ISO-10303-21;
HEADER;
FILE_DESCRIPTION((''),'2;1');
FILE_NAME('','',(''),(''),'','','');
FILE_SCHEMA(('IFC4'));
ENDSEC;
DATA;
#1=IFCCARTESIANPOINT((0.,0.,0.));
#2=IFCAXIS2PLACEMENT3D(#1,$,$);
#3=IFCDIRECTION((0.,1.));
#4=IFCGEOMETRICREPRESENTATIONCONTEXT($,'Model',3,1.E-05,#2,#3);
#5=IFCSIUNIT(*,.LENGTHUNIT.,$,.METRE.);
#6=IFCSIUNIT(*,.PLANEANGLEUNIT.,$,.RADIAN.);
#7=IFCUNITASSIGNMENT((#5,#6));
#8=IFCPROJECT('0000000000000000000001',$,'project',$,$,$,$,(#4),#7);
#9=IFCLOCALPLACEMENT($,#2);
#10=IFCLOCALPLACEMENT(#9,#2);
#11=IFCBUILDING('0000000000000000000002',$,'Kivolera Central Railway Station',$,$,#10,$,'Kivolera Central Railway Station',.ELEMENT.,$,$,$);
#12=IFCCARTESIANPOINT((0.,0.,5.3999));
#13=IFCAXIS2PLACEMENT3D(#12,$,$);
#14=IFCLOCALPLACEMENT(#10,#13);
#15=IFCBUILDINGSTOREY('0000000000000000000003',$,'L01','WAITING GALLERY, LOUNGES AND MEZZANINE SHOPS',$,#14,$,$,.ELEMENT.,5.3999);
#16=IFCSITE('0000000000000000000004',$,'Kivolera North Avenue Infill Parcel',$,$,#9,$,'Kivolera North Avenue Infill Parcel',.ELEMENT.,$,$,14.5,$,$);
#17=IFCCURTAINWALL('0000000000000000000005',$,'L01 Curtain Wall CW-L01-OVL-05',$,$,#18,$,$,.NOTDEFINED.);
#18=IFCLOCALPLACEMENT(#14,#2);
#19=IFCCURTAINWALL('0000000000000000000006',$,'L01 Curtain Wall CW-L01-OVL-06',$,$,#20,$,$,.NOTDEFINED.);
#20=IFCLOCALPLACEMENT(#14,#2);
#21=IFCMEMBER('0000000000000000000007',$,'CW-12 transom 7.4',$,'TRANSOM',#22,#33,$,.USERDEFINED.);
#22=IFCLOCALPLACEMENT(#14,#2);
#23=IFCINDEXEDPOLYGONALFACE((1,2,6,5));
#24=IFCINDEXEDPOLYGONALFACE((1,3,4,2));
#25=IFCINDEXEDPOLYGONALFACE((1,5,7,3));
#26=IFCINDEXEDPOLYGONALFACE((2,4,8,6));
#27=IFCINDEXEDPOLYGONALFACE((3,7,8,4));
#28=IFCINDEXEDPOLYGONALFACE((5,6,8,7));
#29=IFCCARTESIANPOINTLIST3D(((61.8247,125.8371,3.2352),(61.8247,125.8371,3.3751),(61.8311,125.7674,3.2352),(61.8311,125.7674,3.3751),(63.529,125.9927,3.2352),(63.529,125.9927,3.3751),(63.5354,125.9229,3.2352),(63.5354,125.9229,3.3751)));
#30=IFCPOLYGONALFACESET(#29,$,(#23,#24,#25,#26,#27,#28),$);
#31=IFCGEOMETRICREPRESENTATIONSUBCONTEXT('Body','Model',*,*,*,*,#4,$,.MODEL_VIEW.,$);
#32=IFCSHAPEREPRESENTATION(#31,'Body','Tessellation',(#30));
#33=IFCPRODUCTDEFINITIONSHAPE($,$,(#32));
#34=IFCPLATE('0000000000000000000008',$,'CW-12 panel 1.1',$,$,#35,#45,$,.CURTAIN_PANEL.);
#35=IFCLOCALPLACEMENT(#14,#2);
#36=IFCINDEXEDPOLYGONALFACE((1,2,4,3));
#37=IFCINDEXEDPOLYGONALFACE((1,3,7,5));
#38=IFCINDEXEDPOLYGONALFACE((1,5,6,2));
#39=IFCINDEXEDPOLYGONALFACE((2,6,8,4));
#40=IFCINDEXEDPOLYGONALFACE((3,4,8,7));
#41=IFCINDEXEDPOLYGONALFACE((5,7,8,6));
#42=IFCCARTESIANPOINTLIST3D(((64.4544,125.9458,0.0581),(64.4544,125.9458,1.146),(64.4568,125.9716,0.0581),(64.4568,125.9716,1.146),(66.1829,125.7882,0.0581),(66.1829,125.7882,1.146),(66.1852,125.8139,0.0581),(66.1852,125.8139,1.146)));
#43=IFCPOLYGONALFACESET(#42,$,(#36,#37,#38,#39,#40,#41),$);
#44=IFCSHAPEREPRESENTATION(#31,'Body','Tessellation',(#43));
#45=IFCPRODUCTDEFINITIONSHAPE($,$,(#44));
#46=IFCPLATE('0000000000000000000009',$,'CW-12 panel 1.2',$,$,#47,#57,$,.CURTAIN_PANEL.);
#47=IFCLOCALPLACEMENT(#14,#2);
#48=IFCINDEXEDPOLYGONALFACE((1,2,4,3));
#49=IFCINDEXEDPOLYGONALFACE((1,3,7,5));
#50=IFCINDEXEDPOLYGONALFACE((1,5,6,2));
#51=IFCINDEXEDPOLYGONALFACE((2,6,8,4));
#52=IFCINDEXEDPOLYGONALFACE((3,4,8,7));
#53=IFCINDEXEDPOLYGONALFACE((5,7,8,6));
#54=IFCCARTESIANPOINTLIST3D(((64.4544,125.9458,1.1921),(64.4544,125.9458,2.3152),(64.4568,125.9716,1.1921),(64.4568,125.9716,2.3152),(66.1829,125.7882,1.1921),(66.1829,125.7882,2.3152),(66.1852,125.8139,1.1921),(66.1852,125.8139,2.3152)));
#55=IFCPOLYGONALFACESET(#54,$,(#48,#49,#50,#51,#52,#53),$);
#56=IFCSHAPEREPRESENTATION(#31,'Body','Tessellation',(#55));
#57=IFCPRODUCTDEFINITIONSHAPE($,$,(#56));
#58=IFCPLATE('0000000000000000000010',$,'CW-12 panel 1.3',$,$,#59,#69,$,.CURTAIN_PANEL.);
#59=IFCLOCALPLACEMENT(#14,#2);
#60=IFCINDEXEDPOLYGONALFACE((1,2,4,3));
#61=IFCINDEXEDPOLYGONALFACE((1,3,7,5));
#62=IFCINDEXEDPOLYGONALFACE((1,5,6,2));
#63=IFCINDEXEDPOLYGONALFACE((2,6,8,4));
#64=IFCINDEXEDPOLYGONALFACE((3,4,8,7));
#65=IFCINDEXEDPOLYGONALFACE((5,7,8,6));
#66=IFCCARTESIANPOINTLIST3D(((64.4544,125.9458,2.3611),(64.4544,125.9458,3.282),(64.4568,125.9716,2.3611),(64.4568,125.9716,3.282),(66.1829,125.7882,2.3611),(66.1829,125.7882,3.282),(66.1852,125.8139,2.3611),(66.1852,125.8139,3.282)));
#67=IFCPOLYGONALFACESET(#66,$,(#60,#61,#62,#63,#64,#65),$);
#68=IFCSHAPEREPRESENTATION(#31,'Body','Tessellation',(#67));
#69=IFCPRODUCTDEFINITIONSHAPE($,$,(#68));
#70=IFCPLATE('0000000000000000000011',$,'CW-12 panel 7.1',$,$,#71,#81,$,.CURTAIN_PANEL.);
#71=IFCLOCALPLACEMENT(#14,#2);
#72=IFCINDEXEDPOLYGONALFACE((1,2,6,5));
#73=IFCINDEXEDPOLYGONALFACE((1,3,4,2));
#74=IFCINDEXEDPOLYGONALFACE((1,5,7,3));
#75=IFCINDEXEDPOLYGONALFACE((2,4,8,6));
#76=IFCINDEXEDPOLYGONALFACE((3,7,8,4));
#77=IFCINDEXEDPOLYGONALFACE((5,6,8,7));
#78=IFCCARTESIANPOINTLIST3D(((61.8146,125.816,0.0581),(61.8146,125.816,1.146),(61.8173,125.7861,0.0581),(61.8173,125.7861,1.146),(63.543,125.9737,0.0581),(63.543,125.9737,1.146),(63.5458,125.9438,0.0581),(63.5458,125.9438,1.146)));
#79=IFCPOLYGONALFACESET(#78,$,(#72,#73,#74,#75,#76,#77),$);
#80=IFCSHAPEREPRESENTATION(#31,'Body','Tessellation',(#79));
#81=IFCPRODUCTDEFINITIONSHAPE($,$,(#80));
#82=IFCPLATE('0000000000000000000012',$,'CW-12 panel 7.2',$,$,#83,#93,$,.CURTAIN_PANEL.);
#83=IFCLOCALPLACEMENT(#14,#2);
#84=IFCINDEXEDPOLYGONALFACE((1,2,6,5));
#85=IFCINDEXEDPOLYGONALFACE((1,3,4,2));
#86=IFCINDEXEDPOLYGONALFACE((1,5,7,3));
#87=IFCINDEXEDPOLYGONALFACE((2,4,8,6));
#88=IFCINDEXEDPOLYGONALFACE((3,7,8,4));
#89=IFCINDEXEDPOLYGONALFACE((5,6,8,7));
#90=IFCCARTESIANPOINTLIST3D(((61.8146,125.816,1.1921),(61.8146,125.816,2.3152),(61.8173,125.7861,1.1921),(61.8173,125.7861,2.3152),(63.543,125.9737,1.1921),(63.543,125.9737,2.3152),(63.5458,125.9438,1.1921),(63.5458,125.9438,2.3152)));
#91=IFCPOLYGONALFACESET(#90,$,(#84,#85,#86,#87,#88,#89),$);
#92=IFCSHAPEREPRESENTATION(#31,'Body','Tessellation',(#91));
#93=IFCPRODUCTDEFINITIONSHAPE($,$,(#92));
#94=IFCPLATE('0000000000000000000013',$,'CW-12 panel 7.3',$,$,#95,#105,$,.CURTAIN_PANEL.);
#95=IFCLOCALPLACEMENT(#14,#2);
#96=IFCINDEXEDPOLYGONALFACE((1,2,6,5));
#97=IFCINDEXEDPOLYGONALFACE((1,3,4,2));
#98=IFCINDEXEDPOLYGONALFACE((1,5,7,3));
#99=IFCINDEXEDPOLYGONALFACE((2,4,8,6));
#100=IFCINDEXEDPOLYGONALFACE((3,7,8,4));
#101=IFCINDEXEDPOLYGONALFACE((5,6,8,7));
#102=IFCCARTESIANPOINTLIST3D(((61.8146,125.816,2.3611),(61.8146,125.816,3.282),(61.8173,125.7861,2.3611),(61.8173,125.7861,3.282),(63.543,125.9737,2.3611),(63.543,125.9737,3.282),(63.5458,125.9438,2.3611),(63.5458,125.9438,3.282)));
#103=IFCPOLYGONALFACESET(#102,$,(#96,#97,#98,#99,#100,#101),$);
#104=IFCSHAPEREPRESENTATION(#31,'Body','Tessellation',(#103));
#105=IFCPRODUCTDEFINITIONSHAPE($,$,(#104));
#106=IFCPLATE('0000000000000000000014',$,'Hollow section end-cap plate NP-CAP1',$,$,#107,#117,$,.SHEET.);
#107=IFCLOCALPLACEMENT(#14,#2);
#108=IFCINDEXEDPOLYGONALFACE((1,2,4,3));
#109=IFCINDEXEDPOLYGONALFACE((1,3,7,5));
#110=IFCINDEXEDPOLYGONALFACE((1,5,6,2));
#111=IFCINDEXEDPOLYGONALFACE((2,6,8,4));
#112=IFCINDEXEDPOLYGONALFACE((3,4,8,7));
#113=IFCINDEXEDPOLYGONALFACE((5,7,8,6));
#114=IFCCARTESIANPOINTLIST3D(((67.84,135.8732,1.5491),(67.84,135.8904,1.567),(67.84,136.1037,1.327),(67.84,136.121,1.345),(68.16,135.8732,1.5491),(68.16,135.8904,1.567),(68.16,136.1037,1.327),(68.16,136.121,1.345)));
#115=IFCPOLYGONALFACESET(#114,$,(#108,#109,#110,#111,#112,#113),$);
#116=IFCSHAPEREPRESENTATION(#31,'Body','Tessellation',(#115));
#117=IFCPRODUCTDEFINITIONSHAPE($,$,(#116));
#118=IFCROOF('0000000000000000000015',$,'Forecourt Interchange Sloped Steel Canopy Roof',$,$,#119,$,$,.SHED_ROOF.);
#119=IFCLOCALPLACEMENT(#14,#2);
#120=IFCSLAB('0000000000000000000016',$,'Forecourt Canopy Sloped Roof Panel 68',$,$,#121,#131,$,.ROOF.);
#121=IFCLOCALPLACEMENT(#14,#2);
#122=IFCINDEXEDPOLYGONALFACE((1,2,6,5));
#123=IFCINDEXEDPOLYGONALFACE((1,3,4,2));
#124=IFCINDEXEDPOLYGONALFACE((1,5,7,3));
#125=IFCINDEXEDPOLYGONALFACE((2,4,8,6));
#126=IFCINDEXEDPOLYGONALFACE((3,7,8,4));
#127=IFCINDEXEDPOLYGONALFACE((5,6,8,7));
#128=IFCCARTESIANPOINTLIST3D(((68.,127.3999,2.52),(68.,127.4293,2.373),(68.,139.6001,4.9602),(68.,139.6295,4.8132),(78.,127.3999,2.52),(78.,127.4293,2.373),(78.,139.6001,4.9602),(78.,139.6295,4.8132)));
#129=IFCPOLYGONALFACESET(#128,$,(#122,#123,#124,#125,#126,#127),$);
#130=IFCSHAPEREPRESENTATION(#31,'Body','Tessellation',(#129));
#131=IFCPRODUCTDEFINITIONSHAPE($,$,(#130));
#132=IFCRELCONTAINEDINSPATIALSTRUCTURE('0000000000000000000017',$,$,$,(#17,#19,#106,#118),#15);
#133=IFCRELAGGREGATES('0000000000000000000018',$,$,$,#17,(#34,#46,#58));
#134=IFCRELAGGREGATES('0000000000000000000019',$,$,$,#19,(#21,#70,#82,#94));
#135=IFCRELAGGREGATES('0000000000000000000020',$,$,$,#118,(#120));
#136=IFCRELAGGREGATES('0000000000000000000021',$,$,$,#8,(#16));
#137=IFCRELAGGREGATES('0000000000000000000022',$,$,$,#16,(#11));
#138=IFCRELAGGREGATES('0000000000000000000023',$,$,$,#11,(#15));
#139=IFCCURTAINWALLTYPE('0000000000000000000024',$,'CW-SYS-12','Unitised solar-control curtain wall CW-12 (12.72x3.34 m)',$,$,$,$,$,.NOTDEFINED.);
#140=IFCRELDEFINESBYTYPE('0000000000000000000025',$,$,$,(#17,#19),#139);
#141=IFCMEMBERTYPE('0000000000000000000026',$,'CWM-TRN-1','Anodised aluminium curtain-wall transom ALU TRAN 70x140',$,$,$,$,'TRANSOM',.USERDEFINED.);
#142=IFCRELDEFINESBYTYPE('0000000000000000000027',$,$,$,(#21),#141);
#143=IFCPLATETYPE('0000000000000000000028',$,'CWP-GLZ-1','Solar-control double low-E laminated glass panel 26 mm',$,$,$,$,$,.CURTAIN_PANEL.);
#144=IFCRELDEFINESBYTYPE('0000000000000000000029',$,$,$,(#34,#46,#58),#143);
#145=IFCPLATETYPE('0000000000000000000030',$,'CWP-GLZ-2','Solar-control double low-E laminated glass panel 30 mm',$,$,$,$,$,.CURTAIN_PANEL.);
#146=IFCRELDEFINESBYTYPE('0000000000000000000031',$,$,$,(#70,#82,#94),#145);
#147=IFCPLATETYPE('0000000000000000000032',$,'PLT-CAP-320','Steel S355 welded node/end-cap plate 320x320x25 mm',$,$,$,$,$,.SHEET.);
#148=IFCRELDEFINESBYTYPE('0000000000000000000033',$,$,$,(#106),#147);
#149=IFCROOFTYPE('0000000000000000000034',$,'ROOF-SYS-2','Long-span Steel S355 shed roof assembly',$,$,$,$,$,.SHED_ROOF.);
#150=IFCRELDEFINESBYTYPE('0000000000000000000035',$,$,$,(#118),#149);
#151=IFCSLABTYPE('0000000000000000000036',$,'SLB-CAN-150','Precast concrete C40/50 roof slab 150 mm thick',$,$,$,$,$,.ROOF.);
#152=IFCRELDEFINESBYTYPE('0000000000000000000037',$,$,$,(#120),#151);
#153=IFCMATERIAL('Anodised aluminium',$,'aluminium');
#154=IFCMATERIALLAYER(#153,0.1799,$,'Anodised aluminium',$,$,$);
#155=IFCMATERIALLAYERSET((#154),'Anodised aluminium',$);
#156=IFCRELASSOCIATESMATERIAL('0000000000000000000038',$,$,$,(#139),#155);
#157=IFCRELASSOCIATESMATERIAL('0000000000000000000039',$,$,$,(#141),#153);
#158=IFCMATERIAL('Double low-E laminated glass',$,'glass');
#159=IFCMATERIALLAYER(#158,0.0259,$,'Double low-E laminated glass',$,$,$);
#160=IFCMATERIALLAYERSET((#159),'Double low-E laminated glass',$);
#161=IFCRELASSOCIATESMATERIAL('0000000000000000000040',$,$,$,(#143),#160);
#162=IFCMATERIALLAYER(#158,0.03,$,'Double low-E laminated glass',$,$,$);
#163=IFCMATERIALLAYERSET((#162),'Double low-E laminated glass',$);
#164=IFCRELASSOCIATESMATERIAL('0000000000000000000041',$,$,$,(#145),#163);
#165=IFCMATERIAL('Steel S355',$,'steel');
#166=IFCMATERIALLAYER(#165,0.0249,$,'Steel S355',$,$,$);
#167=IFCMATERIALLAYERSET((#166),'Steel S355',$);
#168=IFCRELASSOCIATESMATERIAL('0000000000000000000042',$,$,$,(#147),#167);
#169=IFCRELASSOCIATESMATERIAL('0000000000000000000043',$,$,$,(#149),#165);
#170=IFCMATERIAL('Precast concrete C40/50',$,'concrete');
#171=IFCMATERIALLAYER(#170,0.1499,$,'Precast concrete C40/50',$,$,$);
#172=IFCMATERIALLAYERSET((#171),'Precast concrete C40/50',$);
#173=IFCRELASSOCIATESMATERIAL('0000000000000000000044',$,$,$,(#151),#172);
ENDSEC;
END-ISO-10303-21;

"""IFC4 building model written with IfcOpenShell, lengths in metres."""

from ifc_helpers import new_model, si_unit, direction, frame, origin, origin_2d, place, context, subcontext, project, spatial, polyline, rectangle, outline, extrude, material, layer, layer_set, material_profile, profile_set, type_object, element, aggregate, save


model = new_model("IFC4")

# Units and contexts
model_context = context("Model", 3, precision=1e-05, world=origin(), true_north=direction((0.0, 1.0)))
body_context = subcontext(model_context, "Body", "Model", "MODEL_VIEW")
ifc_project = project(units=[si_unit("LENGTHUNIT", "METRE"), si_unit("PLANEANGLEUNIT", "RADIAN")], contexts=[model_context])

# Site, building, storey
site_placement = place(None, origin())
site = spatial("IfcSite", under=ifc_project, at=site_placement, Name="Kivolera North Avenue Infill Parcel", LongName="Kivolera North Avenue Infill Parcel", CompositionType="ELEMENT", RefElevation=14.5)
building_placement = place(site_placement, origin())
building = spatial("IfcBuilding", under=site, at=building_placement, Name="Kivolera Central Railway Station", LongName="Kivolera Central Railway Station", CompositionType="ELEMENT")
storey_placement = place(building_placement, frame((0.0, 0.0, 5.3999)))
storey = spatial("IfcBuildingStorey", under=building, at=storey_placement, Name="L01", Description="WAITING GALLERY, LOUNGES AND MEZZANINE SHOPS", CompositionType="ELEMENT", Elevation=5.3999)

# Shared definitions
ifc_material_1 = material(Name="Steel S355", Category="steel")

# Curtain walls
ifc_material_2 = material(Name="Anodised aluminium", Category="aluminium")
ifc_layer_1 = layer(ifc_material_2, 0.1799, Name="Anodised aluminium")
ifc_layer_set_1 = layer_set([ifc_layer_1], Name="Anodised aluminium")
curtain_wall_type = type_object("IfcCurtainWallType", Name="CW-SYS-12", Description="Unitised solar-control curtain wall CW-12 (12.72x3.34 m)", PredefinedType="NOTDEFINED", material=ifc_layer_set_1)
curtain_wall_1_placement = place(storey_placement, origin())
curtain_wall_1 = element("IfcCurtainWall", 1, at=curtain_wall_1_placement, inside=storey, type_object=curtain_wall_type, Name="L01 Curtain Wall CW-L01-OVL-05", PredefinedType="NOTDEFINED")
curtain_wall_2_placement = place(storey_placement, origin())
curtain_wall_2 = element("IfcCurtainWall", 2, at=curtain_wall_2_placement, inside=storey, type_object=curtain_wall_type, Name="L01 Curtain Wall CW-L01-OVL-06", PredefinedType="NOTDEFINED")

# Member
ifc_material_profile_1 = material_profile(ifc_material_2, rectangle(XDim=0.0701, YDim=0.1399, at=origin_2d()), Name="ALU TRAN 70x140")
ifc_profile_set_1 = profile_set([ifc_material_profile_1], Name="Anodised aluminium")
member_type_1 = type_object("IfcMemberType", Name="CWM-TRN-1", Description="Anodised aluminium curtain-wall transom ALU TRAN 70x140", ElementType="TRANSOM", PredefinedType="USERDEFINED", material=ifc_profile_set_1)
member_1_placement = place(storey_placement, frame((61.8279, 125.8022, 3.3052), z_axis=(0.995863, 0.09087, 0.0), x_axis=(-0.09087, 0.995863, 0.0)))
member_1 = element("IfcMember", 3, at=member_1_placement, type_object=member_type_1, Name="CW-12 transom 7.4", ObjectType="TRANSOM", PredefinedType="USERDEFINED", context=body_context, shape_type="SweptSolid", body=[
    extrude(rectangle(XDim=0.0701, YDim=0.1399, at=origin_2d()), origin(), (0.0, 0.0, 1.0), 1.7114),
])

# Plates
ifc_material_3 = material(Name="Double low-E laminated glass", Category="glass")
ifc_layer_2 = layer(ifc_material_3, 0.0259, Name="Double low-E laminated glass")
ifc_layer_set_2 = layer_set([ifc_layer_2], Name="Double low-E laminated glass")
plate_type_1 = type_object("IfcPlateType", Name="CWP-GLZ-1", Description="Solar-control double low-E laminated glass panel 26 mm", PredefinedType="CURTAIN_PANEL", material=ifc_layer_set_2)
plate_1_placement = place(storey_placement, frame((65.3198, 125.8799, 0.0581), z_axis=(0.0, 0.0, 1.0), x_axis=(0.995866, -0.090834, 0.0)))
plate_1 = element("IfcPlate", 4, at=plate_1_placement, type_object=plate_type_1, Name="CW-12 panel 1.1", PredefinedType="CURTAIN_PANEL", context=body_context, shape_type="SweptSolid", body=[
    extrude(rectangle(XDim=1.7356, YDim=0.0259, at=origin_2d()), origin(), (0.0, 0.0, 1.0), 1.0879),
])
plate_2_placement = place(storey_placement, frame((65.3198, 125.8799, 1.1921), z_axis=(0.0, 0.0, 1.0), x_axis=(0.995866, -0.090834, 0.0)))
plate_2 = element("IfcPlate", 5, at=plate_2_placement, type_object=plate_type_1, Name="CW-12 panel 1.2", PredefinedType="CURTAIN_PANEL", context=body_context, shape_type="SweptSolid", body=[
    extrude(rectangle(XDim=1.7356, YDim=0.0259, at=origin_2d()), origin(), (0.0, 0.0, 1.0), 1.123),
])
plate_3_placement = place(storey_placement, frame((65.3198, 125.8799, 2.3611), z_axis=(0.0, 0.0, 1.0), x_axis=(0.995866, -0.090834, 0.0)))
plate_3 = element("IfcPlate", 6, at=plate_3_placement, type_object=plate_type_1, Name="CW-12 panel 1.3", PredefinedType="CURTAIN_PANEL", context=body_context, shape_type="SweptSolid", body=[
    extrude(rectangle(XDim=1.7356, YDim=0.0259, at=origin_2d()), origin(), (0.0, 0.0, 1.0), 0.9209),
])
aggregate(curtain_wall_1, [plate_1, plate_2, plate_3])
ifc_layer_3 = layer(ifc_material_3, 0.03, Name="Double low-E laminated glass")
ifc_layer_set_3 = layer_set([ifc_layer_3], Name="Double low-E laminated glass")
plate_type_2 = type_object("IfcPlateType", Name="CWP-GLZ-2", Description="Solar-control double low-E laminated glass panel 30 mm", PredefinedType="CURTAIN_PANEL", material=ifc_layer_set_3)
plate_4_placement = place(storey_placement, frame((62.6802, 125.8799, 0.0581), z_axis=(0.0, 0.0, 1.0), x_axis=(0.995866, 0.090834, 0.0)))
plate_4 = element("IfcPlate", 7, at=plate_4_placement, type_object=plate_type_2, Name="CW-12 panel 7.1", PredefinedType="CURTAIN_PANEL", context=body_context, shape_type="SweptSolid", body=[
    extrude(rectangle(XDim=1.7356, YDim=0.03, at=origin_2d()), origin(), (0.0, 0.0, 1.0), 1.0879),
])
plate_5_placement = place(storey_placement, frame((62.6802, 125.8799, 1.1921), z_axis=(0.0, 0.0, 1.0), x_axis=(0.995866, 0.090834, 0.0)))
plate_5 = element("IfcPlate", 8, at=plate_5_placement, type_object=plate_type_2, Name="CW-12 panel 7.2", PredefinedType="CURTAIN_PANEL", context=body_context, shape_type="SweptSolid", body=[
    extrude(rectangle(XDim=1.7356, YDim=0.03, at=origin_2d()), origin(), (0.0, 0.0, 1.0), 1.123),
])
plate_6_placement = place(storey_placement, frame((62.6802, 125.8799, 2.3611), z_axis=(0.0, 0.0, 1.0), x_axis=(0.995866, 0.090834, 0.0)))
plate_6 = element("IfcPlate", 9, at=plate_6_placement, type_object=plate_type_2, Name="CW-12 panel 7.3", PredefinedType="CURTAIN_PANEL", context=body_context, shape_type="SweptSolid", body=[
    extrude(rectangle(XDim=1.7356, YDim=0.03, at=origin_2d()), origin(), (0.0, 0.0, 1.0), 0.9209),
])
aggregate(curtain_wall_2, [member_1, plate_4, plate_5, plate_6])
ifc_layer_4 = layer(ifc_material_1, 0.0249, Name="Steel S355")
ifc_layer_set_4 = layer_set([ifc_layer_4], Name="Steel S355")
plate_type_3 = type_object("IfcPlateType", Name="PLT-CAP-320", Description="Steel S355 welded node/end-cap plate 320x320x25 mm", PredefinedType="SHEET", material=ifc_layer_set_4)
plate_7_placement = place(storey_placement, frame((68.0, 135.9971, 1.447), z_axis=(0.0, 0.693642, 0.72032), x_axis=(-1.0, 0.0, 0.0)))
element("IfcPlate", 10, at=plate_7_placement, inside=storey, type_object=plate_type_3, Name="Hollow section end-cap plate NP-CAP1", PredefinedType="SHEET", context=body_context, shape_type="SweptSolid", body=[
    extrude(rectangle(XDim=0.3201, YDim=0.3201, at=origin_2d()), frame((0.0, 0.0, -0.0125)), (0.0, 0.0, 1.0), 0.0249),
])

# Roof, slab
roof_type = type_object("IfcRoofType", Name="ROOF-SYS-2", Description="Long-span Steel S355 shed roof assembly", PredefinedType="SHED_ROOF", material=ifc_material_1)
roof_placement = place(storey_placement, origin())
roof = element("IfcRoof", 11, at=roof_placement, inside=storey, type_object=roof_type, Name="Forecourt Interchange Sloped Steel Canopy Roof", PredefinedType="SHED_ROOF")
ifc_material_4 = material(Name="Precast concrete C40/50", Category="concrete")
ifc_layer_5 = layer(ifc_material_4, 0.1499, Name="Precast concrete C40/50")
ifc_layer_set_5 = layer_set([ifc_layer_5], Name="Precast concrete C40/50")
slab_type = type_object("IfcSlabType", Name="SLB-CAN-150", Description="Precast concrete C40/50 roof slab 150 mm thick", PredefinedType="ROOF", material=ifc_layer_set_5)
slab_placement = place(storey_placement, frame((68.0, 127.3999, 2.52), z_axis=(0.0, -0.196127, 0.980578), x_axis=(1.0, 0.0, 0.0)))
slab = element("IfcSlab", 12, at=slab_placement, type_object=slab_type, Name="Forecourt Canopy Sloped Roof Panel 68", PredefinedType="ROOF", context=body_context, shape_type="SweptSolid", body=[
    extrude(outline(polyline([(0.0, 0.0), (10.0, 0.0), (10.0, 12.4418), (0.0, 12.4418), (0.0, 0.0)])), origin(), (0.0, 0.0, -1.0), 0.1499),
])
aggregate(roof, [slab])

save(model, "model.ifc")
